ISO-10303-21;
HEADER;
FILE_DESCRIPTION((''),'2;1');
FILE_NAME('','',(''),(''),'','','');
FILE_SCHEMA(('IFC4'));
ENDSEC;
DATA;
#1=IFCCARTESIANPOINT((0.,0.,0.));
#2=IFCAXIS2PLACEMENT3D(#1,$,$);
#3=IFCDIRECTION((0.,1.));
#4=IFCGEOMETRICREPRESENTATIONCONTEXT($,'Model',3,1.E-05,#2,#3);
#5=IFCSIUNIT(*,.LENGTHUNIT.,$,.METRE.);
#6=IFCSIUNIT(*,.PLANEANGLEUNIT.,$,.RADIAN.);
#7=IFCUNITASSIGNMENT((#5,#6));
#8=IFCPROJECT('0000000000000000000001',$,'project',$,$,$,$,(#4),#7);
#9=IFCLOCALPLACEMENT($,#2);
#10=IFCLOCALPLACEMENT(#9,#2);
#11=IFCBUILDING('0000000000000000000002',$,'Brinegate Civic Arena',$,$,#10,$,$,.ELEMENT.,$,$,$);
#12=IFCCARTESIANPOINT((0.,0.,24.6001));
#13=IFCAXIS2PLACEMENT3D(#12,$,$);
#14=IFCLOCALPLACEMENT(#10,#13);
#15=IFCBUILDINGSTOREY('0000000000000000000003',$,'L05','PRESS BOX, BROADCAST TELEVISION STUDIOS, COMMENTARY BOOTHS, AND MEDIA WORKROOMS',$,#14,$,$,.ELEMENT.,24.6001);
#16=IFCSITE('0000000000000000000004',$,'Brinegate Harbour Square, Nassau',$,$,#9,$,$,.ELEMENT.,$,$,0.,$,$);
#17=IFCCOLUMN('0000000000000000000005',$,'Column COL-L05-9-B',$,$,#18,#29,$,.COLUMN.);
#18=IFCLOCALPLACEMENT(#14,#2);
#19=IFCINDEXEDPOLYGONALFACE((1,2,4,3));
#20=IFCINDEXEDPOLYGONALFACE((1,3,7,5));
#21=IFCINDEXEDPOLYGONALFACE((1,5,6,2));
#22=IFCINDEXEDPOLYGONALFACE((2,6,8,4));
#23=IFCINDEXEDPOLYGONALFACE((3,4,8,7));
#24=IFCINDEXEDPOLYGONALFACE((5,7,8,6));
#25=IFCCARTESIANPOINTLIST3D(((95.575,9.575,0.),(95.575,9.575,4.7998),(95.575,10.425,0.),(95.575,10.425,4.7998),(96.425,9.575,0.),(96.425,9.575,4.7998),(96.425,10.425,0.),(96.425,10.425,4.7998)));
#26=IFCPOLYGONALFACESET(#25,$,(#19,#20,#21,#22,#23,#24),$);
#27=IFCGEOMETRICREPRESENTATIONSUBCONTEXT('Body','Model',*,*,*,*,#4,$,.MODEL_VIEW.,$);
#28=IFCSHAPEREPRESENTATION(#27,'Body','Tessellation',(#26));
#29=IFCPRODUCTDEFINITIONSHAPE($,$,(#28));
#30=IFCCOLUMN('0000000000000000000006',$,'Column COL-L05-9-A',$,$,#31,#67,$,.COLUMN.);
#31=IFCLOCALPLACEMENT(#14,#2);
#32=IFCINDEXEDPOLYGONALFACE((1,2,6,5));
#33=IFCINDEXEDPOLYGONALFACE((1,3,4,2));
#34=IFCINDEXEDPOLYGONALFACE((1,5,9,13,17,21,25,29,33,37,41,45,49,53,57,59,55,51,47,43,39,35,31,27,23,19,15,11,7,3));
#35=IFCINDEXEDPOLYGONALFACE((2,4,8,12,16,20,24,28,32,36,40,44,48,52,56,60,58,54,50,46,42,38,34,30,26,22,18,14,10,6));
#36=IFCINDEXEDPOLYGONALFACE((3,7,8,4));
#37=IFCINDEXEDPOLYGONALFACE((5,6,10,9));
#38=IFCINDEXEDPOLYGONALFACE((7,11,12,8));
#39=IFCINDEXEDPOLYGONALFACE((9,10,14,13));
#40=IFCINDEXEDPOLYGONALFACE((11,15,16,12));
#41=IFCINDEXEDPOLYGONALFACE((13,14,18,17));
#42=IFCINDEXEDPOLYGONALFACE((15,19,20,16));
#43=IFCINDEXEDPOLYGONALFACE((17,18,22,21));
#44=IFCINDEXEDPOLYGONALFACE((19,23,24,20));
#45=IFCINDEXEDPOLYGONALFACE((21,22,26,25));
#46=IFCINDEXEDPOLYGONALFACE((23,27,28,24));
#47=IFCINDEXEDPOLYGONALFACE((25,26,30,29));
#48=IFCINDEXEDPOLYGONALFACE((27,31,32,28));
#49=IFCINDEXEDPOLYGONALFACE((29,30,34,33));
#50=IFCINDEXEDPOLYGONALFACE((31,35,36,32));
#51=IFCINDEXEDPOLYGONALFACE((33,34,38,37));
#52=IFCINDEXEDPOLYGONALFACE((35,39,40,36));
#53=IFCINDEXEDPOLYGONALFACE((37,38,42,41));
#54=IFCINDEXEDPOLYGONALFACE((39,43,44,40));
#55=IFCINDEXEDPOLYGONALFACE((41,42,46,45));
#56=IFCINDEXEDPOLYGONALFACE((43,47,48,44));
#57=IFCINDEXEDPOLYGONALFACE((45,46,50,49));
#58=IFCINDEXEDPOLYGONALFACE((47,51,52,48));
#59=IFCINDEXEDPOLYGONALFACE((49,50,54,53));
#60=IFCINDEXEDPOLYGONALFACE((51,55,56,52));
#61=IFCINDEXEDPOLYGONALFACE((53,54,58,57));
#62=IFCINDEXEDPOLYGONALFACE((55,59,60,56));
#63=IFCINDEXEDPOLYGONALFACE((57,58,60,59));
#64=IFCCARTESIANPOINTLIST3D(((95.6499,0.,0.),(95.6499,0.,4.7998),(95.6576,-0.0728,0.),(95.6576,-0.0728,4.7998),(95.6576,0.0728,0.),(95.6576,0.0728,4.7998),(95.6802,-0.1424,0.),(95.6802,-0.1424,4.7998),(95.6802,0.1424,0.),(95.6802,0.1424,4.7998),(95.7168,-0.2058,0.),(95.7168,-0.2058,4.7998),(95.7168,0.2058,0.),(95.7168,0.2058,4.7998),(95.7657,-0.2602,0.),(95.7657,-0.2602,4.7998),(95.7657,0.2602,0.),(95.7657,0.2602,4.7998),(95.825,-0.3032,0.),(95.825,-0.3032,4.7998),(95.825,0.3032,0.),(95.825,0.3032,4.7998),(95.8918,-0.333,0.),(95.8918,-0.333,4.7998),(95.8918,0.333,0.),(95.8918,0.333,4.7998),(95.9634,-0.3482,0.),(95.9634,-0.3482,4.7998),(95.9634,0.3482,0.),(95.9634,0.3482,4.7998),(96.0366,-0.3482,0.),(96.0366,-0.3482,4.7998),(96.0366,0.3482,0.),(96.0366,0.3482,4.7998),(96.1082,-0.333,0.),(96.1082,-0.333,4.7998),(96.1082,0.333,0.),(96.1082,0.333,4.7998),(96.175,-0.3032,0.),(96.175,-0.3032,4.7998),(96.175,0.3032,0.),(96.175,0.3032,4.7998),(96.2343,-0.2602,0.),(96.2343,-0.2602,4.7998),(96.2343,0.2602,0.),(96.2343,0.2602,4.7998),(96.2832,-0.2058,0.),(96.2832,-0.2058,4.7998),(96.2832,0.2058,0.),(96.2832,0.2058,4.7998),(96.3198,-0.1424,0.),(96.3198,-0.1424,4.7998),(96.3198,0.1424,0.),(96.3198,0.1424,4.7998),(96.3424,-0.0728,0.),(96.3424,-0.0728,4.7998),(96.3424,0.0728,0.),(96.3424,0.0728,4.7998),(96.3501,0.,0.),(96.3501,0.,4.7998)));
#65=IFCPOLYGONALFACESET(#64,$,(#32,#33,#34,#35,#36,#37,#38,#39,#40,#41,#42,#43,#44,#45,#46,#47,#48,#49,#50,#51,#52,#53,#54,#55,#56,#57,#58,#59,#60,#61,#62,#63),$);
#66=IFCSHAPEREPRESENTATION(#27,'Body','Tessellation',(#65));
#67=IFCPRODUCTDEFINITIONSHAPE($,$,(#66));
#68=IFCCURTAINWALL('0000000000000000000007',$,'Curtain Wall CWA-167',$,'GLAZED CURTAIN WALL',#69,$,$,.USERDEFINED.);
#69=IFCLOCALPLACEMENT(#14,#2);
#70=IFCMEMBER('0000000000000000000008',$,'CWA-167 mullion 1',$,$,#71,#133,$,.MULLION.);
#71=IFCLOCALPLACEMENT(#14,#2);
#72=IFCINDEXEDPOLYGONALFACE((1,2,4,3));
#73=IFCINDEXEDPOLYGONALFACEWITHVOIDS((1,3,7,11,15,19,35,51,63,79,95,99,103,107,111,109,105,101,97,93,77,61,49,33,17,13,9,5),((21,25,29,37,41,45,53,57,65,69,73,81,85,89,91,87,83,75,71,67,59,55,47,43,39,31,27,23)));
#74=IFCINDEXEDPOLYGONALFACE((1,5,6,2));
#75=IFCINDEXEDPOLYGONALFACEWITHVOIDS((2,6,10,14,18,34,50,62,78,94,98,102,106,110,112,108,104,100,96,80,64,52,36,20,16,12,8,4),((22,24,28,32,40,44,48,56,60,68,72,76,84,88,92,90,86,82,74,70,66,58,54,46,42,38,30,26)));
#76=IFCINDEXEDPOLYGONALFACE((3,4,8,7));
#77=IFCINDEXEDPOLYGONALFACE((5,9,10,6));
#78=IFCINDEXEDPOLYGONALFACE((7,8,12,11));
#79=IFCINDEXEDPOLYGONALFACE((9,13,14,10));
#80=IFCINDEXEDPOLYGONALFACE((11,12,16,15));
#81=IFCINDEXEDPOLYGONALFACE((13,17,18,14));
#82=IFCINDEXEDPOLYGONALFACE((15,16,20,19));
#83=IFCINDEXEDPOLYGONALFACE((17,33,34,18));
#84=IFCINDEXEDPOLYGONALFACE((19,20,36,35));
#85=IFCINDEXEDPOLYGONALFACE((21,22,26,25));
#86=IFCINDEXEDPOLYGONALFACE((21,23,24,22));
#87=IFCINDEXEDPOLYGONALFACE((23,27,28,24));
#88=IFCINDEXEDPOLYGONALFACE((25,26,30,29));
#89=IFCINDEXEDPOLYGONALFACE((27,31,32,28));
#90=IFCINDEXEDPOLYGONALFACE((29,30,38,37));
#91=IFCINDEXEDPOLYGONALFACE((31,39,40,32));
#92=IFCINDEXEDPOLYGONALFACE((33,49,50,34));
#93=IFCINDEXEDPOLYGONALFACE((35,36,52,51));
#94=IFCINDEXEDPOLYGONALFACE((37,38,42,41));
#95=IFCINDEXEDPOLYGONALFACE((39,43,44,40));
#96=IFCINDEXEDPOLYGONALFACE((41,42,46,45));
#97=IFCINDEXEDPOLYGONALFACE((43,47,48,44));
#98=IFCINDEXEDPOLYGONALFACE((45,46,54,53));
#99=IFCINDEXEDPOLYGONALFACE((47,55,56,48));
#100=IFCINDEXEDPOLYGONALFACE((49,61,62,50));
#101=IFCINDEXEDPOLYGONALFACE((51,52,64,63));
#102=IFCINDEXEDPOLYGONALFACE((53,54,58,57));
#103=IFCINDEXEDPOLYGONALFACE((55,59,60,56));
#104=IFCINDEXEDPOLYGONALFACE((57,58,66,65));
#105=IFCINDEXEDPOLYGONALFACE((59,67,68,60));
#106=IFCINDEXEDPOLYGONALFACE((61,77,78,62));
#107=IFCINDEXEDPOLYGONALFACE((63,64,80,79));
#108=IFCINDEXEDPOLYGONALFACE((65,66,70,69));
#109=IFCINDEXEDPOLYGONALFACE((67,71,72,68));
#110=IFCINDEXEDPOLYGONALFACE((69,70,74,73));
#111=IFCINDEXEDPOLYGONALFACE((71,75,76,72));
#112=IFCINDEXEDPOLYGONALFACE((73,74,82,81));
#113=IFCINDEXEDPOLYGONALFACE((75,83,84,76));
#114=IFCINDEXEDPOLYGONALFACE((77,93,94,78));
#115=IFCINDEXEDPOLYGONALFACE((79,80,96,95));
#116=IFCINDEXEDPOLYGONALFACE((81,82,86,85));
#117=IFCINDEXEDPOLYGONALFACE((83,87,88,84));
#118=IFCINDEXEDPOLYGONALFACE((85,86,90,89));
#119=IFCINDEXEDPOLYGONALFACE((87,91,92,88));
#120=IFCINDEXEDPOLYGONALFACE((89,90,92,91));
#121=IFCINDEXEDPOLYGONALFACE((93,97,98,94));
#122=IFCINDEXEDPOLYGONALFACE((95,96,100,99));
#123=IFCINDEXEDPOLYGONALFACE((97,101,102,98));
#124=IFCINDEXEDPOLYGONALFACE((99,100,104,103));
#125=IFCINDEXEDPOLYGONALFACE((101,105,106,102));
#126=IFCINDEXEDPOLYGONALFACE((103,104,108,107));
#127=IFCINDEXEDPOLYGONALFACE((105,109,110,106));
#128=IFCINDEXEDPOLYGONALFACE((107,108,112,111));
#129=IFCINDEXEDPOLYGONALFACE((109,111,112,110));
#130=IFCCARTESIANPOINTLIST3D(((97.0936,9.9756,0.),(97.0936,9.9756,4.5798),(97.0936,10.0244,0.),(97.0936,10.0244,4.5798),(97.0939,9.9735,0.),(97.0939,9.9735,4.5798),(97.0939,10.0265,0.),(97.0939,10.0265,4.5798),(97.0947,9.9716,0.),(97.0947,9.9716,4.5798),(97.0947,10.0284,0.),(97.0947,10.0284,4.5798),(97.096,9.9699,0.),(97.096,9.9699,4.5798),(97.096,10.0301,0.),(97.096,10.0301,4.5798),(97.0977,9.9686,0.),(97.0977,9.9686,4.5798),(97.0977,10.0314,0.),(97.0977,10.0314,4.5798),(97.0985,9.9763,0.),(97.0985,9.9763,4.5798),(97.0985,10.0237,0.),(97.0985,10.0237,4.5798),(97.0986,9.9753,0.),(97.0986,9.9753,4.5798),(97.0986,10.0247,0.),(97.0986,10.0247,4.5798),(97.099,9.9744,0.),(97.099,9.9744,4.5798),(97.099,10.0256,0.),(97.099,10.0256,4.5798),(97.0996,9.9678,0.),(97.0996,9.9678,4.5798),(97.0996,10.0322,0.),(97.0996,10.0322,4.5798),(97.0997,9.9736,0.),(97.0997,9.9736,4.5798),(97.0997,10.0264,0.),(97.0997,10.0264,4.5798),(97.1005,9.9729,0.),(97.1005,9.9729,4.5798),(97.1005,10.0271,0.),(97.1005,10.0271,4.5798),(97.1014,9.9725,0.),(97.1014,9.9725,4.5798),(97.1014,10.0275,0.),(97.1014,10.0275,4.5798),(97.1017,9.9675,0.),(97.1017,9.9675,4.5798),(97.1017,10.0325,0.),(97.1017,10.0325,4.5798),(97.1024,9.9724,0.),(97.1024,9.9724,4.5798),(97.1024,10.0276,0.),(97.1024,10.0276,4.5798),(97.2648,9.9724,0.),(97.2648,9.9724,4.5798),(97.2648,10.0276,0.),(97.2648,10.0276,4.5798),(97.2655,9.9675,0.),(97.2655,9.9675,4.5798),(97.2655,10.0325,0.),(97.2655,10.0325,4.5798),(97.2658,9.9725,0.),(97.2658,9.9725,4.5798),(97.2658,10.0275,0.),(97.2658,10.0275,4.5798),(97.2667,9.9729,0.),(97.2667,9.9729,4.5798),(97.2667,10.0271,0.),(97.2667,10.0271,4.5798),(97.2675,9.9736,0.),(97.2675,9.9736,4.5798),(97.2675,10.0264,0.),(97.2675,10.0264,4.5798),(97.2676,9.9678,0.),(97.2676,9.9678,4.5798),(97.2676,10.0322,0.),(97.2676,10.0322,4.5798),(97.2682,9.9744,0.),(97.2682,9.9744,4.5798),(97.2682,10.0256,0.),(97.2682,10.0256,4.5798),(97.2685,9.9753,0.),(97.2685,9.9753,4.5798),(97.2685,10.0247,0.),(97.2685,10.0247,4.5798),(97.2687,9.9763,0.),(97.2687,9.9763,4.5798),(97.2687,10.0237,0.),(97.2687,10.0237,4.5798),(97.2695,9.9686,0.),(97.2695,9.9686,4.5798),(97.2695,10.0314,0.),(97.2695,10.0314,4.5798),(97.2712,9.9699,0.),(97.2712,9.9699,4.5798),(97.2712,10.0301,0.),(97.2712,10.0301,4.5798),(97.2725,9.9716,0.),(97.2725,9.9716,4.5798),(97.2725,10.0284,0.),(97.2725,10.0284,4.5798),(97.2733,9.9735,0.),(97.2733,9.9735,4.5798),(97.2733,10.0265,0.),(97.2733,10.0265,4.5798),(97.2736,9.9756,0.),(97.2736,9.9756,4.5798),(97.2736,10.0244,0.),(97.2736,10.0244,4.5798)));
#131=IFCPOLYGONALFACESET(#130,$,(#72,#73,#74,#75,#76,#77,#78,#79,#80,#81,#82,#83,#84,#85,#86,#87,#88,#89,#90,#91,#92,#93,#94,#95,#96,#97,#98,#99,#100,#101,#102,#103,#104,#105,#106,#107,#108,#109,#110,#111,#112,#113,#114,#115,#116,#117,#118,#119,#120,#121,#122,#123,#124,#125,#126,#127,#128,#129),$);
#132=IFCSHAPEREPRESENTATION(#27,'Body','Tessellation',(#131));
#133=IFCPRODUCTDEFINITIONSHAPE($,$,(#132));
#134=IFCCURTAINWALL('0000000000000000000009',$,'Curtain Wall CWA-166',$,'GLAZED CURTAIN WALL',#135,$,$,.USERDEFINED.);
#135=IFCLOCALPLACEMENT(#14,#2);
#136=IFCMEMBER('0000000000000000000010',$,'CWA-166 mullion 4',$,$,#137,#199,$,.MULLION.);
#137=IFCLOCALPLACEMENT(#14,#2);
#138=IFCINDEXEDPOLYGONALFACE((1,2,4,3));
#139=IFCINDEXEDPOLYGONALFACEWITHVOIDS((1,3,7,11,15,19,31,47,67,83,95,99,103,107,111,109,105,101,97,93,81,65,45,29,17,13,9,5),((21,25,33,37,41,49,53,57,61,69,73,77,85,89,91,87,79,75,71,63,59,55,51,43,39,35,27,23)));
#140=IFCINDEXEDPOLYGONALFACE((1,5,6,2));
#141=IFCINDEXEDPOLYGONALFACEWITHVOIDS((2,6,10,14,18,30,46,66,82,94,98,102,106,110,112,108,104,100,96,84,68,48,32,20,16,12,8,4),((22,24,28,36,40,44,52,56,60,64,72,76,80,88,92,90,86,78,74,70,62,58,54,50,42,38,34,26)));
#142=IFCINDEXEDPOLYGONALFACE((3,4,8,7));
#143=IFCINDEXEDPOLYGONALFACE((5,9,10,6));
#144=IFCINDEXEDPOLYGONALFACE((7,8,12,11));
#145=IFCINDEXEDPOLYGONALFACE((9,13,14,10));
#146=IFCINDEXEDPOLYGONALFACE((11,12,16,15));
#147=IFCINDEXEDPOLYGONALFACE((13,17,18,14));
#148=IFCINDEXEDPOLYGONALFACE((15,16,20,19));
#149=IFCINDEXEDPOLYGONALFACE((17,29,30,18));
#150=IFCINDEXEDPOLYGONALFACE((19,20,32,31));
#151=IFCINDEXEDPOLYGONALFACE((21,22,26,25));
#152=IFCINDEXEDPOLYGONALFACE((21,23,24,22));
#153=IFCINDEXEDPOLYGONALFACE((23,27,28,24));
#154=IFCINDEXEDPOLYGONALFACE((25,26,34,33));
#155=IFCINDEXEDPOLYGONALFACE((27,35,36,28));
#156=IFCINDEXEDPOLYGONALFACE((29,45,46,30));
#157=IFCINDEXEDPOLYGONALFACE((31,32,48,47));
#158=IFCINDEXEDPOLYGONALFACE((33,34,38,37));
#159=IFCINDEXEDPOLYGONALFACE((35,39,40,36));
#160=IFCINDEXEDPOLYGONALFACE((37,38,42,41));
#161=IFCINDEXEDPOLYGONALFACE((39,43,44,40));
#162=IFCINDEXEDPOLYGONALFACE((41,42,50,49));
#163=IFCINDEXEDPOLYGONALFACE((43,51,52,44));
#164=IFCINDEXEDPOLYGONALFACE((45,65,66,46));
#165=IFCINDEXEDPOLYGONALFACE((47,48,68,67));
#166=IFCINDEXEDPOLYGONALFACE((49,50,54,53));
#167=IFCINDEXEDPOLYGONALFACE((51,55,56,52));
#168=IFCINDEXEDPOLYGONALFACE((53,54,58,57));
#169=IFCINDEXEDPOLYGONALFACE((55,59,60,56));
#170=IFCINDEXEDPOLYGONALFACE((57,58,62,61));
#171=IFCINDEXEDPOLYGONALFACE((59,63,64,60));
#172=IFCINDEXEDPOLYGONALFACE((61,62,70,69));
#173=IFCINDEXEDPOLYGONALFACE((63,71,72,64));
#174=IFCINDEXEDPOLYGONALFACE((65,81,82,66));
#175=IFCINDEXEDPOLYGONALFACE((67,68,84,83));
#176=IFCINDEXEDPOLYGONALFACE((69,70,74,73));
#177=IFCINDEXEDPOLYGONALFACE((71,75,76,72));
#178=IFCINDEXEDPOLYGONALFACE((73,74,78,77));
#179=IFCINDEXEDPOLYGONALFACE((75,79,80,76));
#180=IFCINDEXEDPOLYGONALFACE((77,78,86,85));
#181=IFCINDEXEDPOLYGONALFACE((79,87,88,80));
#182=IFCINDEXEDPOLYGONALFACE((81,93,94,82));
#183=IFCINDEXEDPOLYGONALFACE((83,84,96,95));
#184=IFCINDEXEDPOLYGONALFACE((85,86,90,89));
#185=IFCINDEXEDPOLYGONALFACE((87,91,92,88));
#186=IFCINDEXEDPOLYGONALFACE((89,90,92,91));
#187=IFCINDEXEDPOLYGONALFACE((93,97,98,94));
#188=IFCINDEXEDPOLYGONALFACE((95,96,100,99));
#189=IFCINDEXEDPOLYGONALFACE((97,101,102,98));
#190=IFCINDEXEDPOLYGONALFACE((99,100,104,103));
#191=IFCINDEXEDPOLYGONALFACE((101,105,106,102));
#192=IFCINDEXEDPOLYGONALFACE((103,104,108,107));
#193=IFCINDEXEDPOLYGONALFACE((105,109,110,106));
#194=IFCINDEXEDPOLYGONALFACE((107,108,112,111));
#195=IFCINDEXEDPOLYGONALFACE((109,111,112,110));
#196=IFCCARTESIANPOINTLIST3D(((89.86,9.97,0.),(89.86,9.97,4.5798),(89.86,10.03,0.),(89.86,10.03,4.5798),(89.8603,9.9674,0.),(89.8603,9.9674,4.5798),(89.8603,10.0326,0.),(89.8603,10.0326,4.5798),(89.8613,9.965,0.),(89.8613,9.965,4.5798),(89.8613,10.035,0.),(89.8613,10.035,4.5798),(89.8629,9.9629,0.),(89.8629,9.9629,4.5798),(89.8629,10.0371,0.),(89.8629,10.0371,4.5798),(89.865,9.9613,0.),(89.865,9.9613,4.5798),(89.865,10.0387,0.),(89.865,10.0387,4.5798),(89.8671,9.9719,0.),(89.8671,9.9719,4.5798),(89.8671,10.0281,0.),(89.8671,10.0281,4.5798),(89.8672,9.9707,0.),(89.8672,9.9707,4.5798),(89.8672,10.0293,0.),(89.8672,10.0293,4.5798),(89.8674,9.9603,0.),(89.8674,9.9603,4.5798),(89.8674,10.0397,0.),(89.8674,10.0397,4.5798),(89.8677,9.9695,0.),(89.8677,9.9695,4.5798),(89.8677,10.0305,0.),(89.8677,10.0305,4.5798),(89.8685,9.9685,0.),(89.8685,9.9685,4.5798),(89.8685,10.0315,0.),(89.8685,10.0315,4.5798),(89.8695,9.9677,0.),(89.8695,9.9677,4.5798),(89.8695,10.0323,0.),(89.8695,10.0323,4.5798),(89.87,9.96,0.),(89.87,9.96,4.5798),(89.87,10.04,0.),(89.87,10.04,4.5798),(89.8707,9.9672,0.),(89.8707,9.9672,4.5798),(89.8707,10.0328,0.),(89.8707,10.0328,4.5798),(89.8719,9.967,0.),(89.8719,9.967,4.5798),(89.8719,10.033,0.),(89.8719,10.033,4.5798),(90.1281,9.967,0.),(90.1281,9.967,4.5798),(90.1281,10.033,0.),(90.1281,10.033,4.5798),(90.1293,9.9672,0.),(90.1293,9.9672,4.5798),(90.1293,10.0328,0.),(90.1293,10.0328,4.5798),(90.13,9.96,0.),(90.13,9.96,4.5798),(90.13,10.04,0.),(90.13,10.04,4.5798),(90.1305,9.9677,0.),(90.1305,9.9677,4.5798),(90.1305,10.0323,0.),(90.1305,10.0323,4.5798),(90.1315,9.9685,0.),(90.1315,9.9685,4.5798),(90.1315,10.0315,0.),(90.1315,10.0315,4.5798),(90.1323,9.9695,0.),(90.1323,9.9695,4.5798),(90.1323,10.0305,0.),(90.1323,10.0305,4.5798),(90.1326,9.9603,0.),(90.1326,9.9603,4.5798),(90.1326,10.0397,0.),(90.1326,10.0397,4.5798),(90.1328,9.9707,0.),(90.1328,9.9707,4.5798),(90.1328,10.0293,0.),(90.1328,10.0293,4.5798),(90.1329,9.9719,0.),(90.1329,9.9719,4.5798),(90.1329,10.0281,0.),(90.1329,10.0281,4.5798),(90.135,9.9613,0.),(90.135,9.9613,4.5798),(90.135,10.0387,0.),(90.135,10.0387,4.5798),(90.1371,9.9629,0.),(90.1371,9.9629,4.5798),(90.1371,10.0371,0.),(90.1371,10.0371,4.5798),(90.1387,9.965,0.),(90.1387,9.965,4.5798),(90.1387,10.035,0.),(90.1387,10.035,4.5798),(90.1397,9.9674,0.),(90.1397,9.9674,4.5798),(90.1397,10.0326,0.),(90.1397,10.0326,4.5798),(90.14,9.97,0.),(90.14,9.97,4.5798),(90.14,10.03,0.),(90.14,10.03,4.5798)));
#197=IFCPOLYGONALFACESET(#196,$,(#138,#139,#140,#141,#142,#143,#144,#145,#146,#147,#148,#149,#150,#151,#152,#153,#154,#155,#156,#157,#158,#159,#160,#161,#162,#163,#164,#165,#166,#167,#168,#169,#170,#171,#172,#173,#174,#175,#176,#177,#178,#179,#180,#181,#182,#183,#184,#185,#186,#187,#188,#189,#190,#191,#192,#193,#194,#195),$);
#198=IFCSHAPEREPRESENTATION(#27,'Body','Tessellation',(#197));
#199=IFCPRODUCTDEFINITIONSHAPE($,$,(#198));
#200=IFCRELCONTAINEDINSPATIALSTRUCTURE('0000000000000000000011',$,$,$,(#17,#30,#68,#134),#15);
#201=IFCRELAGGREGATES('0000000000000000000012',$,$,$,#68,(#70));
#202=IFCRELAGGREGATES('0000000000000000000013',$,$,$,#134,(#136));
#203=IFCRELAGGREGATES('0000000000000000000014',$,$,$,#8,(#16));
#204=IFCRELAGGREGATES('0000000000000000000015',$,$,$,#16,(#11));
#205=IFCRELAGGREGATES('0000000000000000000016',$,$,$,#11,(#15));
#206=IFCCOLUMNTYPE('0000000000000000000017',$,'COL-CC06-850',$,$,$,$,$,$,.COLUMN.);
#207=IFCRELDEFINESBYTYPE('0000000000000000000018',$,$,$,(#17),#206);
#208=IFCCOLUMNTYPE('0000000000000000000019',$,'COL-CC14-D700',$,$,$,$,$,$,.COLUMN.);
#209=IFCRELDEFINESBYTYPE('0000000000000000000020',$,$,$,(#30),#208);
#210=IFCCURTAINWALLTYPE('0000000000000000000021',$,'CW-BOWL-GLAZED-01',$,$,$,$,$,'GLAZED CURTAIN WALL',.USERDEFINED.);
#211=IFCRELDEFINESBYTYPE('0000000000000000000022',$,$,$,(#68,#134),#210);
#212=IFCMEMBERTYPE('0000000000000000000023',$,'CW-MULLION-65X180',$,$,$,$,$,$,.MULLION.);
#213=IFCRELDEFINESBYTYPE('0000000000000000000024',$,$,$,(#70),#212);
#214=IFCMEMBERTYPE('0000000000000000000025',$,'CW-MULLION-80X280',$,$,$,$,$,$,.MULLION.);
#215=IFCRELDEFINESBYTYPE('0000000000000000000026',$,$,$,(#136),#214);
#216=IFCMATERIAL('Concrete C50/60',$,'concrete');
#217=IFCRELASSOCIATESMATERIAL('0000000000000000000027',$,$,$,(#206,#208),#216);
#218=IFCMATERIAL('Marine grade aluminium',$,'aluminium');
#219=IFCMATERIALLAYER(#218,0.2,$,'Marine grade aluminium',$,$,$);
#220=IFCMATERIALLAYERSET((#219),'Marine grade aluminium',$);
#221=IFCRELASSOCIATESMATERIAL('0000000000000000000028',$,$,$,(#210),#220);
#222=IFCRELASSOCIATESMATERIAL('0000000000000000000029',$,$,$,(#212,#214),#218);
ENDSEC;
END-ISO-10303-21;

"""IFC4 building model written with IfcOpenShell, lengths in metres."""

from ifc_helpers import new_model, si_unit, direction, frame, origin, origin_2d, place, context, subcontext, project, spatial, rectangle, hollow_rectangle, circle, extrude, material, layer, layer_set, material_profile, profile_set, type_object, element, aggregate, save


model = new_model("IFC4")

# Units and contexts
model_context = context("Model", 3, precision=1e-05, world=origin(), true_north=direction((0.0, 1.0)))
body_context = subcontext(model_context, "Body", "Model", "MODEL_VIEW")
ifc_project = project(units=[si_unit("LENGTHUNIT", "METRE"), si_unit("PLANEANGLEUNIT", "RADIAN")], contexts=[model_context])

# Site, building, storey
site_placement = place(None, origin())
site = spatial("IfcSite", under=ifc_project, at=site_placement, Name="Brinegate Harbour Square, Nassau", CompositionType="ELEMENT", RefElevation=0.0)
building_placement = place(site_placement, origin())
building = spatial("IfcBuilding", under=site, at=building_placement, Name="Brinegate Civic Arena", CompositionType="ELEMENT")
storey_placement = place(building_placement, frame((0.0, 0.0, 24.6001)))
storey = spatial("IfcBuildingStorey", under=building, at=storey_placement, Name="L05", Description="PRESS BOX, BROADCAST TELEVISION STUDIOS, COMMENTARY BOOTHS, AND MEDIA WORKROOMS", CompositionType="ELEMENT", Elevation=24.6001)

# Columns
ifc_material_1 = material(Name="Concrete C50/60", Category="concrete")
ifc_material_profile_1 = material_profile(ifc_material_1, rectangle(XDim=0.8501, YDim=0.8501, at=origin_2d()), Name="RC850X850")
ifc_profile_set_1 = profile_set([ifc_material_profile_1], Name="Concrete C50/60")
column_type_1 = type_object("IfcColumnType", Name="COL-CC06-850", PredefinedType="COLUMN", material=ifc_profile_set_1)
column_1_placement = place(storey_placement, frame((96.0, 10.0, 0.0), z_axis=(0.0, 0.0, 1.0), x_axis=(1.0, 0.0, 0.0)))
element("IfcColumn", 1, at=column_1_placement, inside=storey, type_object=column_type_1, Name="Column COL-L05-9-B", PredefinedType="COLUMN", context=body_context, shape_type="SweptSolid", body=[
    extrude(rectangle(XDim=0.8501, YDim=0.8501, at=origin_2d()), origin(), (0.0, 0.0, 1.0), 4.7998),
])
ifc_material_profile_2 = material_profile(ifc_material_1, circle(Radius=0.3501, at=origin_2d()), Name="RCD700")
ifc_profile_set_2 = profile_set([ifc_material_profile_2], Name="Concrete C50/60")
column_type_2 = type_object("IfcColumnType", Name="COL-CC14-D700", PredefinedType="COLUMN", material=ifc_profile_set_2)
column_2_placement = place(storey_placement, frame((96.0, 0.0, 0.0), z_axis=(0.0, 0.0, 1.0), x_axis=(1.0, 0.0, 0.0)))
element("IfcColumn", 2, at=column_2_placement, inside=storey, type_object=column_type_2, Name="Column COL-L05-9-A", PredefinedType="COLUMN", context=body_context, shape_type="SweptSolid", body=[
    extrude(circle(Radius=0.3501, at=origin_2d()), origin(), (0.0, 0.0, 1.0), 4.7998),
])

# Curtain wall, member
ifc_material_2 = material(Name="Marine grade aluminium", Category="aluminium")
ifc_layer_1 = layer(ifc_material_2, 0.2, Name="Marine grade aluminium")
ifc_layer_set_1 = layer_set([ifc_layer_1], Name="Marine grade aluminium")
curtain_wall_type = type_object("IfcCurtainWallType", Name="CW-BOWL-GLAZED-01", ElementType="GLAZED CURTAIN WALL", PredefinedType="USERDEFINED", material=ifc_layer_set_1)
curtain_wall_1_placement = place(storey_placement, origin())
curtain_wall_1 = element("IfcCurtainWall", 3, at=curtain_wall_1_placement, inside=storey, type_object=curtain_wall_type, Name="Curtain Wall CWA-167", ObjectType="GLAZED CURTAIN WALL", PredefinedType="USERDEFINED")
ifc_material_profile_3 = material_profile(ifc_material_2, hollow_rectangle(XDim=0.0649, YDim=0.1799, WallThickness=0.0049, InnerFilletRadius=0.0039, OuterFilletRadius=0.0081, at=origin_2d()), Name="MUL65X180")
ifc_profile_set_3 = profile_set([ifc_material_profile_3], Name="Marine grade aluminium")
member_type_1 = type_object("IfcMemberType", Name="CW-MULLION-65X180", PredefinedType="MULLION", material=ifc_profile_set_3)
member_1_placement = place(storey_placement, frame((97.1836, 10.0, 0.0), z_axis=(0.0, 0.0, 1.0), x_axis=(0.0, 1.0, 0.0)))
member_1 = element("IfcMember", 4, at=member_1_placement, type_object=member_type_1, Name="CWA-167 mullion 1", PredefinedType="MULLION", context=body_context, shape_type="SweptSolid", body=[
    extrude(hollow_rectangle(XDim=0.0649, YDim=0.1799, WallThickness=0.0049, InnerFilletRadius=0.0039, OuterFilletRadius=0.0081, at=origin_2d()), origin(), (0.0, 0.0, 1.0), 4.5798),
])

# Curtain wall, member
curtain_wall_2_placement = place(storey_placement, origin())
curtain_wall_2 = element("IfcCurtainWall", 5, at=curtain_wall_2_placement, inside=storey, type_object=curtain_wall_type, Name="Curtain Wall CWA-166", ObjectType="GLAZED CURTAIN WALL", PredefinedType="USERDEFINED")
ifc_material_profile_4 = material_profile(ifc_material_2, hollow_rectangle(XDim=0.0801, YDim=0.28, WallThickness=0.0071, InnerFilletRadius=0.0049, OuterFilletRadius=0.01, at=origin_2d()), Name="MUL80X280")
ifc_profile_set_4 = profile_set([ifc_material_profile_4], Name="Marine grade aluminium")
member_type_2 = type_object("IfcMemberType", Name="CW-MULLION-80X280", PredefinedType="MULLION", material=ifc_profile_set_4)
member_2_placement = place(storey_placement, frame((90.0, 10.0, 0.0), z_axis=(0.0, 0.0, 1.0), x_axis=(0.0, 1.0, 0.0)))
member_2 = element("IfcMember", 6, at=member_2_placement, type_object=member_type_2, Name="CWA-166 mullion 4", PredefinedType="MULLION", context=body_context, shape_type="SweptSolid", body=[
    extrude(hollow_rectangle(XDim=0.0801, YDim=0.28, WallThickness=0.0071, InnerFilletRadius=0.0049, OuterFilletRadius=0.01, at=origin_2d()), origin(), (0.0, 0.0, 1.0), 4.5798),
])

aggregate(curtain_wall_1, [member_1])
aggregate(curtain_wall_2, [member_2])

save(model, "model.ifc")
